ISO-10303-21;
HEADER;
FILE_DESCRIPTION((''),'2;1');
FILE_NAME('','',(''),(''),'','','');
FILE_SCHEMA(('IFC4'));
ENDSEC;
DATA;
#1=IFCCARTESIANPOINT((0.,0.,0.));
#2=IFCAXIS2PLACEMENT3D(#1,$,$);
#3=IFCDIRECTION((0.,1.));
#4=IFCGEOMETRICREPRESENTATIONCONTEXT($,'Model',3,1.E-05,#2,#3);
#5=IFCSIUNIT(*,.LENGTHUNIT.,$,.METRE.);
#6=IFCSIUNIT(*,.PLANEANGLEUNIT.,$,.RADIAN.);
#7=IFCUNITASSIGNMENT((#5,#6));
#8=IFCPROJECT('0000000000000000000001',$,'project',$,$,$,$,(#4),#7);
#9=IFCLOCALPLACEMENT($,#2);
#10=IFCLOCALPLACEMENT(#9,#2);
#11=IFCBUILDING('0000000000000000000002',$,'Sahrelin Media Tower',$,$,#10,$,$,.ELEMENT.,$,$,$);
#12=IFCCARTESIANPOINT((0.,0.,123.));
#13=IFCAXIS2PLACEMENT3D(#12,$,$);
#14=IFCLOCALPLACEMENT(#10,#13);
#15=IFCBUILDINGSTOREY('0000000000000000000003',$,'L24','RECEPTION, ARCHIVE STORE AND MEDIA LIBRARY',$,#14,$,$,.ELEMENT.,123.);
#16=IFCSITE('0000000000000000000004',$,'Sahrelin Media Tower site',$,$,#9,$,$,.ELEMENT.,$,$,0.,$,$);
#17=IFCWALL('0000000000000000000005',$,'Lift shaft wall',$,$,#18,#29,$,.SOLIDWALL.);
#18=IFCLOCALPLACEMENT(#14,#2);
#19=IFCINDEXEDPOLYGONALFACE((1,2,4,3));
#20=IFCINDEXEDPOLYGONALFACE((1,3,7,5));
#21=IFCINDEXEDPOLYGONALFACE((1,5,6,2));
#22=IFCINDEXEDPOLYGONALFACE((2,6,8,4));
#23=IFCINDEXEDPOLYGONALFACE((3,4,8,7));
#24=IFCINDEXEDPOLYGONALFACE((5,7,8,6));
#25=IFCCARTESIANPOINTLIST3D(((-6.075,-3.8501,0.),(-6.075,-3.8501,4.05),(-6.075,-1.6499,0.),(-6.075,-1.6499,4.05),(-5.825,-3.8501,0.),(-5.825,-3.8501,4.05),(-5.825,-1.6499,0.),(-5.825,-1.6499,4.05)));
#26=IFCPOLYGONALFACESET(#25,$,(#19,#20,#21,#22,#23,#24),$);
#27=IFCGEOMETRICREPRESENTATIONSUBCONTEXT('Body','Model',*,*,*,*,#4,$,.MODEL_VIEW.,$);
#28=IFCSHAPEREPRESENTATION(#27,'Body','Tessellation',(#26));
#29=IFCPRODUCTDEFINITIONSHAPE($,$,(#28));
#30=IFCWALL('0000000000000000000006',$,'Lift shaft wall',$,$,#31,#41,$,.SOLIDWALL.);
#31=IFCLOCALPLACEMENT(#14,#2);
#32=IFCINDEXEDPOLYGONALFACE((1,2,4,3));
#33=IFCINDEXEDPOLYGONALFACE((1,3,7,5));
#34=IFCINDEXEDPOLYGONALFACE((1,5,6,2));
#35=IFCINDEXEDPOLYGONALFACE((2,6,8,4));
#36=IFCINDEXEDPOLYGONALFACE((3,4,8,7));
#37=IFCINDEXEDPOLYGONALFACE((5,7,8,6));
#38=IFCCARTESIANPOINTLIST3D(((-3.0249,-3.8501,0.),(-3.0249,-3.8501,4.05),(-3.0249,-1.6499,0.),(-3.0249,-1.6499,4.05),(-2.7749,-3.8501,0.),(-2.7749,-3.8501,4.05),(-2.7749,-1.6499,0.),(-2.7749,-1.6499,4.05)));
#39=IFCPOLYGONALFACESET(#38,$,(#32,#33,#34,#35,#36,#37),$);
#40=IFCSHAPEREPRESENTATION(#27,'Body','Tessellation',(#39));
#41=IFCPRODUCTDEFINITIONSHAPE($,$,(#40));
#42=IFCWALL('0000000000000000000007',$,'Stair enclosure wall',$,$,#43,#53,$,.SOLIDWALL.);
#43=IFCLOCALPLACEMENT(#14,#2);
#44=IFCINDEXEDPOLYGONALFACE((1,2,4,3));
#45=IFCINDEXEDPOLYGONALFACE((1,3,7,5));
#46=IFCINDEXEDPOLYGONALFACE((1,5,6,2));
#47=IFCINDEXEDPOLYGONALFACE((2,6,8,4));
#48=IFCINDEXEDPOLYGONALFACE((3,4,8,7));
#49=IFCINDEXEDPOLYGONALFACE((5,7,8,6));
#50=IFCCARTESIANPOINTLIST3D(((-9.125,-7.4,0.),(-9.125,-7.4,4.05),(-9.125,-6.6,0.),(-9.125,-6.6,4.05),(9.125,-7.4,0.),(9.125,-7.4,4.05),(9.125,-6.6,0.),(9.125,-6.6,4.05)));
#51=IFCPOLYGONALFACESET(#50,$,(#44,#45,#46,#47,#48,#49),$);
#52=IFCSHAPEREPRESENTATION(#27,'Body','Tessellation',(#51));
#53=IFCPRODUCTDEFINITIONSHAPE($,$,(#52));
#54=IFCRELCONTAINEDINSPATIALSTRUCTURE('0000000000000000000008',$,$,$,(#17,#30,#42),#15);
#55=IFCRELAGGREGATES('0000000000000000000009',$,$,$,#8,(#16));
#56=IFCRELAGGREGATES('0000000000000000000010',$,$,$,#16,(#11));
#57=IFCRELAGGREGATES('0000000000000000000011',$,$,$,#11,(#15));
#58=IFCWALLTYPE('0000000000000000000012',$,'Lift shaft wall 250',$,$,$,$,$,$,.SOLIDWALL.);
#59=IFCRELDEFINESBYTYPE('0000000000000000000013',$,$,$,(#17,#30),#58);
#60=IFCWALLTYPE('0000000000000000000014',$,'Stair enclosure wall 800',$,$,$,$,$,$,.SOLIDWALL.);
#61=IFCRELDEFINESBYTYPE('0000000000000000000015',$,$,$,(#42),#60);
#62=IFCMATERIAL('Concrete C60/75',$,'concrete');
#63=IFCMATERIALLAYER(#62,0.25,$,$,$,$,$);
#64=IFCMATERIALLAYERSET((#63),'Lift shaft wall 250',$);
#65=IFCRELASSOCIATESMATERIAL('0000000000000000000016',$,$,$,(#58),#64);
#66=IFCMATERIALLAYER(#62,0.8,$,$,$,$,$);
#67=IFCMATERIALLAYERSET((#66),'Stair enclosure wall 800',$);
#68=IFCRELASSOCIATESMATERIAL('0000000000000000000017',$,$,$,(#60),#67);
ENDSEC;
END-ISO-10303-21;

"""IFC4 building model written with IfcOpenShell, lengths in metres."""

from ifc_helpers import new_model, si_unit, direction, frame, frame_2d, origin, place, context, subcontext, project, spatial, rectangle, extrude, material, layer, layer_set, type_object, element, save


model = new_model("IFC4")

# Units and contexts
model_context = context("Model", 3, precision=1e-05, world=origin(), true_north=direction((0.0, 1.0)))
body_context = subcontext(model_context, "Body", "Model", "MODEL_VIEW")
ifc_project = project(units=[si_unit("LENGTHUNIT", "METRE"), si_unit("PLANEANGLEUNIT", "RADIAN")], contexts=[model_context])

# Site, building, storey
site_placement = place(None, origin())
site = spatial("IfcSite", under=ifc_project, at=site_placement, Name="Sahrelin Media Tower site", CompositionType="ELEMENT", RefElevation=0.0)
building_placement = place(site_placement, origin())
building = spatial("IfcBuilding", under=site, at=building_placement, Name="Sahrelin Media Tower", CompositionType="ELEMENT")
storey_placement = place(building_placement, frame((0.0, 0.0, 123.0)))
storey = spatial("IfcBuildingStorey", under=building, at=storey_placement, Name="L24", Description="RECEPTION, ARCHIVE STORE AND MEDIA LIBRARY", CompositionType="ELEMENT", Elevation=123.0)

# Shared definitions
ifc_material_1 = material(Name="Concrete C60/75", Category="concrete")

# Shared definitions
ifc_layer_1 = layer(ifc_material_1, 0.25)
ifc_layer_set_1 = layer_set([ifc_layer_1], Name="Lift shaft wall 250")
wall_type_1 = type_object("IfcWallType", Name="Lift shaft wall 250", PredefinedType="SOLIDWALL", material=ifc_layer_set_1)

# Walls
for number, where, z_axis, x_axis, name in (
    (1, (-5.95, -3.8501, 0.0), (0.0, 0.0, 1.0), (0.0, 1.0, 0.0), "Lift shaft wall"),
    (2, (-2.8999, -3.8501, 0.0), (0.0, 0.0, 1.0), (0.0, 1.0, 0.0), "Lift shaft wall"),
):
    element("IfcWall", number, at=place(storey_placement, frame(where, z_axis=z_axis, x_axis=x_axis)), inside=storey, type_object=wall_type_1, Name=name, PredefinedType="SOLIDWALL", context=body_context, shape_type="SweptSolid", body=[
        extrude(rectangle(XDim=2.2002, YDim=0.25, at=frame_2d((1.1001, 0.0))), origin(), (0.0, 0.0, 1.0), 4.05),
    ])
ifc_layer_2 = layer(ifc_material_1, 0.8)
ifc_layer_set_2 = layer_set([ifc_layer_2], Name="Stair enclosure wall 800")
wall_type_2 = type_object("IfcWallType", Name="Stair enclosure wall 800", PredefinedType="SOLIDWALL", material=ifc_layer_set_2)
wall_1_placement = place(storey_placement, frame((-9.125, -7.0, 0.0), z_axis=(0.0, 0.0, 1.0), x_axis=(1.0, 0.0, 0.0)))
element("IfcWall", 3, at=wall_1_placement, inside=storey, type_object=wall_type_2, Name="Stair enclosure wall", PredefinedType="SOLIDWALL", context=body_context, shape_type="SweptSolid", body=[
    extrude(rectangle(XDim=18.25, YDim=0.8, at=frame_2d((9.125, 0.0))), origin(), (0.0, 0.0, 1.0), 4.05),
])

save(model, "model.ifc")
